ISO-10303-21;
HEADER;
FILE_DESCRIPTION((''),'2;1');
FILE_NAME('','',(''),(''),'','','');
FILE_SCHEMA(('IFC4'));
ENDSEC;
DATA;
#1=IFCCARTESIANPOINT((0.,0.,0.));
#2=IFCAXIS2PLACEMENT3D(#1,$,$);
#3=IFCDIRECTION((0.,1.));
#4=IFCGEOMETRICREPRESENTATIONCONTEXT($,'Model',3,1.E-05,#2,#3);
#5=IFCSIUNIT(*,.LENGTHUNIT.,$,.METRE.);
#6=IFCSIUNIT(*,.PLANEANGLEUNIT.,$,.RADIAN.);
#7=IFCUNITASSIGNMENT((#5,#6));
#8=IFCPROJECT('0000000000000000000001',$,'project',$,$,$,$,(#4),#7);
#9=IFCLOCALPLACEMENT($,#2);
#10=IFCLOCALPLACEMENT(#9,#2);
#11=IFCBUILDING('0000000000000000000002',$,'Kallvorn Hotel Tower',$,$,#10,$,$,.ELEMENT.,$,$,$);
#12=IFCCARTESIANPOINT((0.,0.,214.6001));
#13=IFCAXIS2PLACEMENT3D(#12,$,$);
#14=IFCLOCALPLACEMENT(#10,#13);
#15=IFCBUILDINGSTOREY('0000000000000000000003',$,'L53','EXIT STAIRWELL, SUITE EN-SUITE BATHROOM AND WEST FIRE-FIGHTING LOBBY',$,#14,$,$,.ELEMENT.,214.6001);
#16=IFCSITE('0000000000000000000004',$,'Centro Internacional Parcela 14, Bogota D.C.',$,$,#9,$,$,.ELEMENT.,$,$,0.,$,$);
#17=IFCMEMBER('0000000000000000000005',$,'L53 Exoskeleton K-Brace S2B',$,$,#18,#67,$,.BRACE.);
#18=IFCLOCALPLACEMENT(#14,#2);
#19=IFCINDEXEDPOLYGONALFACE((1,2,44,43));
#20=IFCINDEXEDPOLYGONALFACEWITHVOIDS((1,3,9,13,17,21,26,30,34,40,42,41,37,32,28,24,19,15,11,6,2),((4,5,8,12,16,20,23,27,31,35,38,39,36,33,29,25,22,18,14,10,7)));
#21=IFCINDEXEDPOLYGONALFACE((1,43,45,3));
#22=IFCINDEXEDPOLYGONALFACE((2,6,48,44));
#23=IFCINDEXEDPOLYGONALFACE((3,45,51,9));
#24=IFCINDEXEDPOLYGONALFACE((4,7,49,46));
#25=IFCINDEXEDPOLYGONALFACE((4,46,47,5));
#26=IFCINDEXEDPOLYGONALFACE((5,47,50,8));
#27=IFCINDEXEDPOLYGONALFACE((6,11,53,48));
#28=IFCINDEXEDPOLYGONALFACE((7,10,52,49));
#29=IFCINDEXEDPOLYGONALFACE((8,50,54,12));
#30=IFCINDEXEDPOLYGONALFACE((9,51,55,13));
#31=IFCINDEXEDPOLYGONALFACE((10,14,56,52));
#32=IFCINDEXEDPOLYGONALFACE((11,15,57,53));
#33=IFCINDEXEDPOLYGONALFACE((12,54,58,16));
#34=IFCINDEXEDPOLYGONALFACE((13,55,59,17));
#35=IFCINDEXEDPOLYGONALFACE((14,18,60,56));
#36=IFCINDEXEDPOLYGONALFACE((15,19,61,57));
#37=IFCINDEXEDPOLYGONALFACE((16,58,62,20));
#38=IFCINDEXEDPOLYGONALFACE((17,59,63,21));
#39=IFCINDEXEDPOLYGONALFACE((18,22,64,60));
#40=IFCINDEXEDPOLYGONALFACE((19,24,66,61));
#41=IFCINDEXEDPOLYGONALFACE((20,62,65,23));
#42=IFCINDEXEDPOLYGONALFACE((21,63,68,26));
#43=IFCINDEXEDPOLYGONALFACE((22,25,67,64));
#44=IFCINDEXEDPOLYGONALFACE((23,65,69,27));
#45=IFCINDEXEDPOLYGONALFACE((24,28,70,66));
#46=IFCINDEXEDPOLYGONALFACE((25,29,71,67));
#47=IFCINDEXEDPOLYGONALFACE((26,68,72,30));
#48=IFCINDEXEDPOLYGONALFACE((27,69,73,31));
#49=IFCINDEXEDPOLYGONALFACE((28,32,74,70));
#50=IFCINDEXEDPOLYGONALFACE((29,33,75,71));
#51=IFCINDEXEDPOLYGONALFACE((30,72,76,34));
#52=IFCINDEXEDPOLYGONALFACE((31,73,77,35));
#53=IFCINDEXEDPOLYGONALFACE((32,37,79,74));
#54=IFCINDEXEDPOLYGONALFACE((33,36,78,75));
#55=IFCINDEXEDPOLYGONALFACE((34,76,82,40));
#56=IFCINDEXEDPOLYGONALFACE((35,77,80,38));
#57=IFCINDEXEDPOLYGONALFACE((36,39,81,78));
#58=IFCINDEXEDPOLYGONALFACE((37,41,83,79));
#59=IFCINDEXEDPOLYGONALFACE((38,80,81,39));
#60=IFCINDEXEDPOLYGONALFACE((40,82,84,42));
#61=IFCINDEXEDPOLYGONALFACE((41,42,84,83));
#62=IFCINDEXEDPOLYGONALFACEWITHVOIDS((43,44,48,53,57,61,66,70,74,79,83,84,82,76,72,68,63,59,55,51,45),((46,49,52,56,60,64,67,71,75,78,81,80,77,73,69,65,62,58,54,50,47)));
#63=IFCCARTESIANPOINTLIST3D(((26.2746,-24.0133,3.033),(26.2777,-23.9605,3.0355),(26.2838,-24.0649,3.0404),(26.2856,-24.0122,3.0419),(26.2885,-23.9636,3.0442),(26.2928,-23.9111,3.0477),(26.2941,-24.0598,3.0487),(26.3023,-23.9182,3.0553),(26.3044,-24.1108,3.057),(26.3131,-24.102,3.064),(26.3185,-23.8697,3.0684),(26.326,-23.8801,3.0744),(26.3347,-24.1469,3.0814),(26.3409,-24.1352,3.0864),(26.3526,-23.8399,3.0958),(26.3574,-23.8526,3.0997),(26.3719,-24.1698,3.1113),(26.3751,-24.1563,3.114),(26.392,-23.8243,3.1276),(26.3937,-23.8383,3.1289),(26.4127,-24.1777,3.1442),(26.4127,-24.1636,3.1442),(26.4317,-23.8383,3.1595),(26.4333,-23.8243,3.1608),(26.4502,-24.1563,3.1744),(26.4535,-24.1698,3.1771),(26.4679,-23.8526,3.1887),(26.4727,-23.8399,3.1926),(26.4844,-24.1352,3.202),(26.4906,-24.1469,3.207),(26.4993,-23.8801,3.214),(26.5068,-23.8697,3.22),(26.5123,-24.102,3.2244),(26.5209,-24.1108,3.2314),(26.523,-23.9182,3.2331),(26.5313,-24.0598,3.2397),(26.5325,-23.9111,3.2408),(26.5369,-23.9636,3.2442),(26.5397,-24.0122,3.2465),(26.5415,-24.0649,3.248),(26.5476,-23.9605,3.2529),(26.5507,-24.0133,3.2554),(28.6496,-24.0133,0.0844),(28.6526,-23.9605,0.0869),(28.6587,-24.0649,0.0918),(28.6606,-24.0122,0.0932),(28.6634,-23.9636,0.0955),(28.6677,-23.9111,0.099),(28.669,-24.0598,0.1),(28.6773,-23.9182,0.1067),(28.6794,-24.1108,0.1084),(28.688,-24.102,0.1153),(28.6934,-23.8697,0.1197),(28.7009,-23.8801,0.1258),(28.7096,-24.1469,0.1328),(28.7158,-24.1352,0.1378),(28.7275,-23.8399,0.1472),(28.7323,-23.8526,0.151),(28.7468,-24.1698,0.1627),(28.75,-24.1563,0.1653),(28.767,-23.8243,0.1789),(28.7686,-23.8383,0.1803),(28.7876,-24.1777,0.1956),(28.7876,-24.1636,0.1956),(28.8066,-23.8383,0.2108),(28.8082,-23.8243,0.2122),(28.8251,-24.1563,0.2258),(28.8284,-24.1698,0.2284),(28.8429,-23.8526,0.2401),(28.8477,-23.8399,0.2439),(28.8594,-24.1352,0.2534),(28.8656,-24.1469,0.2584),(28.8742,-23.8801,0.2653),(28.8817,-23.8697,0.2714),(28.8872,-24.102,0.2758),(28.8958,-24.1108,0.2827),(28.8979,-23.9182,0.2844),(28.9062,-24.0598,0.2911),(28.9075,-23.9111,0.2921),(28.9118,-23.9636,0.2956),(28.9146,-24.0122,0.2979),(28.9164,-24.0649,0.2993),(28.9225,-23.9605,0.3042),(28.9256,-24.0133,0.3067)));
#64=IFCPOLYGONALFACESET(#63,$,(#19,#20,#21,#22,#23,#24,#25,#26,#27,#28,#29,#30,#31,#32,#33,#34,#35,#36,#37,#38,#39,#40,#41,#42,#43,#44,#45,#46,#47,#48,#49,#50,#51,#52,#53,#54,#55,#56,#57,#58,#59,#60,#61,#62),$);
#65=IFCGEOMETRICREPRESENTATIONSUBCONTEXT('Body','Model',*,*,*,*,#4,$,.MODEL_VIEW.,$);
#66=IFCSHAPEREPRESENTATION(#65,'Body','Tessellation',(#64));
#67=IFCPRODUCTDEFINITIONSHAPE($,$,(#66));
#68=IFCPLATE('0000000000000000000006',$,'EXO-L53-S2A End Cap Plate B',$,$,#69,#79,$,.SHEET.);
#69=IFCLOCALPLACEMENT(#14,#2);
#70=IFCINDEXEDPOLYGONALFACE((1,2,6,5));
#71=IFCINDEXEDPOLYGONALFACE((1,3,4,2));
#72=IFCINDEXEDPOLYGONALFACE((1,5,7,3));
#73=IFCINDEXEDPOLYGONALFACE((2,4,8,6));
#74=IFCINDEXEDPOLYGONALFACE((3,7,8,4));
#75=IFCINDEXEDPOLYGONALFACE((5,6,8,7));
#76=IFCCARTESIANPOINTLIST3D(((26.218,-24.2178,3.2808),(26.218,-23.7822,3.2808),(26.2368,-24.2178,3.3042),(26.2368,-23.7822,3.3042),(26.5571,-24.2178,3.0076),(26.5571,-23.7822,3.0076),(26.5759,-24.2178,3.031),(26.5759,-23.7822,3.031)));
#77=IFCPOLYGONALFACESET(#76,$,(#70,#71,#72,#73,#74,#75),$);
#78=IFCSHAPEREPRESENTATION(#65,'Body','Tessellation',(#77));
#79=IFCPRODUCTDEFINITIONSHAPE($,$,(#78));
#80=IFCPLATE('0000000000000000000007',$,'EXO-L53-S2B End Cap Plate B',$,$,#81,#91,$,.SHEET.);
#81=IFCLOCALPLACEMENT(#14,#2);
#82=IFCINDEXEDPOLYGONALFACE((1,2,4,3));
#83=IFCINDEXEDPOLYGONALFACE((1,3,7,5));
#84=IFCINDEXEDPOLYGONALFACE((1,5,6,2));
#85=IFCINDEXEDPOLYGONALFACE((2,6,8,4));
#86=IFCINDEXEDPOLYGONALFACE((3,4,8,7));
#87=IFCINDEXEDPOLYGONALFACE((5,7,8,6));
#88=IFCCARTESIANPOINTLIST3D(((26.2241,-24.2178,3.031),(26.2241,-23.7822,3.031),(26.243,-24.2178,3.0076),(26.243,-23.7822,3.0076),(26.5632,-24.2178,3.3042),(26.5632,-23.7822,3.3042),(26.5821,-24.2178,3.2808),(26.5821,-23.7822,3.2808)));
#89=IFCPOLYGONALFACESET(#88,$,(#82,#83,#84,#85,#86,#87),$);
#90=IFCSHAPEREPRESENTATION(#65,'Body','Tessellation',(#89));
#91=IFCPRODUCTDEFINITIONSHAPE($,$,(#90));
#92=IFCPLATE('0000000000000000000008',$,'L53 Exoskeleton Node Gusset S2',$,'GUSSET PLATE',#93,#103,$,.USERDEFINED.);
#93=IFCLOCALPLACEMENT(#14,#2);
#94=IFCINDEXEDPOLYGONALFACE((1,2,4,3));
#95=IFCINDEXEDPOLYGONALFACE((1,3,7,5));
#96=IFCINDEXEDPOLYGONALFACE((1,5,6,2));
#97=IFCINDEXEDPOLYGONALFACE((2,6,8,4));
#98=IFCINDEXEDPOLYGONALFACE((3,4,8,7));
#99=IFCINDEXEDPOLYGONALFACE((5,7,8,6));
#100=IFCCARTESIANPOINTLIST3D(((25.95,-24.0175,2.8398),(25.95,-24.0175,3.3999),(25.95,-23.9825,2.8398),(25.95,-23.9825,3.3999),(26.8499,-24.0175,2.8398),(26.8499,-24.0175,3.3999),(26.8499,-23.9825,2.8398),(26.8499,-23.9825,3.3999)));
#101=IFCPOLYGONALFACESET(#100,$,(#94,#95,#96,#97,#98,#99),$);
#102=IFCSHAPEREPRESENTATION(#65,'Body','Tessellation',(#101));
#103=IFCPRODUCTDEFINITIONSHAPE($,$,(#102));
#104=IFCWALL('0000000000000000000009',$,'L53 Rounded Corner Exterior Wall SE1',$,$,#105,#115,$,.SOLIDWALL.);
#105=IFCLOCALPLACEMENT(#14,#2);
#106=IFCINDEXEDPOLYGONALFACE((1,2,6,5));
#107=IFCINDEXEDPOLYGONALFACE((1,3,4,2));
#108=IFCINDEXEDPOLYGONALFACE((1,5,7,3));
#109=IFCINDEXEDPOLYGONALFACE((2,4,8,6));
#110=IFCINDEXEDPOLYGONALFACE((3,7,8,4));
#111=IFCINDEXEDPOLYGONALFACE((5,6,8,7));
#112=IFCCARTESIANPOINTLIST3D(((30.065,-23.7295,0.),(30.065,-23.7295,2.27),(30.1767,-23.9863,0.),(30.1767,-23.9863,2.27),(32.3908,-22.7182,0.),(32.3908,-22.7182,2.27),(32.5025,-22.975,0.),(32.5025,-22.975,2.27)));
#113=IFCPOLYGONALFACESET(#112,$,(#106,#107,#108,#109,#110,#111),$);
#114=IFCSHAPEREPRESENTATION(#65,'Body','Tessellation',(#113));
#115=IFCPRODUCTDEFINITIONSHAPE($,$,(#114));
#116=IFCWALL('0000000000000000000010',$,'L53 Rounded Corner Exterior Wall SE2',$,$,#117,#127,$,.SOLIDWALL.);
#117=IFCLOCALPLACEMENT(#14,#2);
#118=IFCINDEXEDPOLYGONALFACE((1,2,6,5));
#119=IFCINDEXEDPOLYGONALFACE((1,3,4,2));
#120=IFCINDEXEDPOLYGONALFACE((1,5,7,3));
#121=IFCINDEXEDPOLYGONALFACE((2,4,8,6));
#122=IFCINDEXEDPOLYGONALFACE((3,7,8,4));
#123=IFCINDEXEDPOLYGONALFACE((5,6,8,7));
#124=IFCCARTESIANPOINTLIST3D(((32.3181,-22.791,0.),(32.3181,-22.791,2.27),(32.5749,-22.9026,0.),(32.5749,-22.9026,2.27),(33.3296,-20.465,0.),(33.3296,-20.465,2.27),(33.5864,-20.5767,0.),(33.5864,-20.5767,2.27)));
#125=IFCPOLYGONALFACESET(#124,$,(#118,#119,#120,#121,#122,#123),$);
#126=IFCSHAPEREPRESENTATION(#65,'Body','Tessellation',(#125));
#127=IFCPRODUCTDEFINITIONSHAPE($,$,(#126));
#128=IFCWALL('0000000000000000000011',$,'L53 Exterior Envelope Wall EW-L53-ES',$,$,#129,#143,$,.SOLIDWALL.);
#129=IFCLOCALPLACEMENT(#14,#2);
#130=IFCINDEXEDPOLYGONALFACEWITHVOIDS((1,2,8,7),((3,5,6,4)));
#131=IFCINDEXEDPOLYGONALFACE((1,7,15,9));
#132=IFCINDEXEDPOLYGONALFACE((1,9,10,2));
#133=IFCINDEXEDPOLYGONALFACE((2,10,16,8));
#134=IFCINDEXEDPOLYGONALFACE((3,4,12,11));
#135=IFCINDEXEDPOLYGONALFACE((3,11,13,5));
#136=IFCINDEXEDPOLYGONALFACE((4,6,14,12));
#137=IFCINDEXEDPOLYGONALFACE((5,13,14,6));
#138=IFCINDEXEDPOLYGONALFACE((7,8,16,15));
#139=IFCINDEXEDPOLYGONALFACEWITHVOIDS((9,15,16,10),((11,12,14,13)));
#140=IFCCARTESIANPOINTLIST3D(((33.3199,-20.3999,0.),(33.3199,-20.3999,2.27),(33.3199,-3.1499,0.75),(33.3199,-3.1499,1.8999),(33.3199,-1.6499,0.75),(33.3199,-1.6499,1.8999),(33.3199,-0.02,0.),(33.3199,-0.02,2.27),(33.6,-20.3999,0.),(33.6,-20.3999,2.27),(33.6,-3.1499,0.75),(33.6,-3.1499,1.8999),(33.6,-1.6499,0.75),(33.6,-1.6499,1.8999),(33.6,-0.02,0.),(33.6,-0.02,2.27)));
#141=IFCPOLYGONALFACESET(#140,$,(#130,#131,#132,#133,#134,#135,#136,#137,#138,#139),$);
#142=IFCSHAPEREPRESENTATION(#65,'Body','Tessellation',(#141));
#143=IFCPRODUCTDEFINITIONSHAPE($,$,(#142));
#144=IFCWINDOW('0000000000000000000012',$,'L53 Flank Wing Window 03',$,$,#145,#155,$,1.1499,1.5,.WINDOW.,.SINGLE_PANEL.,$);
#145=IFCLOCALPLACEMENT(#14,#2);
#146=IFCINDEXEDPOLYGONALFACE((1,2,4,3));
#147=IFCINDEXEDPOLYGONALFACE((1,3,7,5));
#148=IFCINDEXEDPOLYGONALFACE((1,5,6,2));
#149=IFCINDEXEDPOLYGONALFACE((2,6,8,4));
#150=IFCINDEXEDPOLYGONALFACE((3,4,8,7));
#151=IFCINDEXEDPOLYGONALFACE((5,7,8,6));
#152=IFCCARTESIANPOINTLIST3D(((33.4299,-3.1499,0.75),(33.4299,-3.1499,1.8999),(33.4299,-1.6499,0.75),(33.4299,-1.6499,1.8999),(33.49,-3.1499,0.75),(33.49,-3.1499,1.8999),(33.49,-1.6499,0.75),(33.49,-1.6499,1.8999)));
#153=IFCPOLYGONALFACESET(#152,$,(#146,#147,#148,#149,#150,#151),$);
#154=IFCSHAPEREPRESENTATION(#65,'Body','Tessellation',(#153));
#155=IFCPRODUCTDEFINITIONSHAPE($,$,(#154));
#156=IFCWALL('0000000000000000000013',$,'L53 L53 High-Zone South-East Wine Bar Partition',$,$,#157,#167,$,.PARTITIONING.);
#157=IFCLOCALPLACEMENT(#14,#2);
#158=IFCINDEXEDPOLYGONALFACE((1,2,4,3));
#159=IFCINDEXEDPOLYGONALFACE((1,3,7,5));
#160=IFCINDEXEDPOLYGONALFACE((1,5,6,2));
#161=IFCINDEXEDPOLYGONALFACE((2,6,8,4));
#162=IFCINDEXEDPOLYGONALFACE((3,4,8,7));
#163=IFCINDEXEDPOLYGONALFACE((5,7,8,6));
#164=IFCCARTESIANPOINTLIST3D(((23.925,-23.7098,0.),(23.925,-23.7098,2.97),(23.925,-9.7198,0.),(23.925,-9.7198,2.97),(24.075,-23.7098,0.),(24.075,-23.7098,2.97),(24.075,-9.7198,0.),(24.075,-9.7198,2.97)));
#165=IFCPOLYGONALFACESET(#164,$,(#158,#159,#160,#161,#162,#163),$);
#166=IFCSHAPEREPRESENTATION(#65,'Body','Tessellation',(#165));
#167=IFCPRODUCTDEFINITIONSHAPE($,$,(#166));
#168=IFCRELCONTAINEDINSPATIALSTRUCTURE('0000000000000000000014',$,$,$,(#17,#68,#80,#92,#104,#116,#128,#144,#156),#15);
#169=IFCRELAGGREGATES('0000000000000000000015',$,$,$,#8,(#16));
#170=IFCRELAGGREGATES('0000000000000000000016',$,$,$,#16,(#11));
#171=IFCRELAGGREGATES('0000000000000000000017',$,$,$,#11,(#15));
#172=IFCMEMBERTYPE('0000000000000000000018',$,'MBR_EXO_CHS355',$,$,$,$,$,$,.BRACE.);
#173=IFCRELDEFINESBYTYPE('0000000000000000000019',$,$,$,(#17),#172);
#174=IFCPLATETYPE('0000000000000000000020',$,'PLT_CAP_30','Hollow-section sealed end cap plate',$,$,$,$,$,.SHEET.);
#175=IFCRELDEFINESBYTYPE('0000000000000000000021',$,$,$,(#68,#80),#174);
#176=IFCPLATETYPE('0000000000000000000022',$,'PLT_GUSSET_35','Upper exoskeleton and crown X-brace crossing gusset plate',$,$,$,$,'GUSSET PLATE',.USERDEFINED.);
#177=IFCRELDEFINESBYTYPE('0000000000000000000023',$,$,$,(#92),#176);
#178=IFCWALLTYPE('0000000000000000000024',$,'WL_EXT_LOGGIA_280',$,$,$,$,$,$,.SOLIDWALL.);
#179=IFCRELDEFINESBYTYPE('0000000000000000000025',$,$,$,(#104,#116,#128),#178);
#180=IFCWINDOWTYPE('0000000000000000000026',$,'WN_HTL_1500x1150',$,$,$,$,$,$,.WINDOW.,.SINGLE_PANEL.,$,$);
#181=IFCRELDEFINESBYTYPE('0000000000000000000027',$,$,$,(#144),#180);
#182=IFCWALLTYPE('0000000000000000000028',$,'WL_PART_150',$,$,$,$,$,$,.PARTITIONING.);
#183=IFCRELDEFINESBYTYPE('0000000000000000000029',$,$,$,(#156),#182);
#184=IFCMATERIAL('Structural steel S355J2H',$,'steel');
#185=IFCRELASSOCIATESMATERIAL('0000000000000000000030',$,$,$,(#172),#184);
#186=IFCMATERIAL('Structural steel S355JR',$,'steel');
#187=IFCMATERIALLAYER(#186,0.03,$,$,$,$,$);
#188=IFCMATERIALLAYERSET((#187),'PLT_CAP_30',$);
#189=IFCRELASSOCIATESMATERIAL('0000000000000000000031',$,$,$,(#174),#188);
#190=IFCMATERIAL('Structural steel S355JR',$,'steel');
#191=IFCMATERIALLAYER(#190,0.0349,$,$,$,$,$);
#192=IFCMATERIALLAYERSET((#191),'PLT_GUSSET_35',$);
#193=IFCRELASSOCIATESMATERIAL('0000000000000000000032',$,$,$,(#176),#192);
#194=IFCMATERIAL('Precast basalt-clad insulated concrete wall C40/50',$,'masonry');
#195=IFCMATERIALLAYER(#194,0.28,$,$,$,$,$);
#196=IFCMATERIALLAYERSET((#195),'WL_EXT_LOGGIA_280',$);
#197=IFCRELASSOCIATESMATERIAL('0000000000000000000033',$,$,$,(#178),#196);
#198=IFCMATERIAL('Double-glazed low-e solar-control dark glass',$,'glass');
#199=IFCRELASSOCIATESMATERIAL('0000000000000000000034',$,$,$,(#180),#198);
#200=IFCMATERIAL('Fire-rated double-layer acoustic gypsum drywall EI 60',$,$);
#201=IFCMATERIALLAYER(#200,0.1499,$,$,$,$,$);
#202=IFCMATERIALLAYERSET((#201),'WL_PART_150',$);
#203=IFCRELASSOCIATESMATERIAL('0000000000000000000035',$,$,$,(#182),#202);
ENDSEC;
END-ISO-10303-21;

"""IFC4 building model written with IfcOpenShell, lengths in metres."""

from ifc_helpers import new_model, si_unit, direction, frame, frame_2d, origin, origin_2d, place, context, subcontext, project, spatial, polyline, rectangle, hollow_circle, outline, extrude, material, layer, layer_set, material_profile, profile_set, type_object, element, fill, save


model = new_model("IFC4")

# Units and contexts
model_context = context("Model", 3, precision=1e-05, world=origin(), true_north=direction((0.0, 1.0)))
body_context = subcontext(model_context, "Body", "Model", "MODEL_VIEW")
ifc_project = project(units=[si_unit("LENGTHUNIT", "METRE"), si_unit("PLANEANGLEUNIT", "RADIAN")], contexts=[model_context])

# Site, building, storey
site_placement = place(None, origin())
site = spatial("IfcSite", under=ifc_project, at=site_placement, Name="Centro Internacional Parcela 14, Bogota D.C.", CompositionType="ELEMENT", RefElevation=0.0)
building_placement = place(site_placement, origin())
building = spatial("IfcBuilding", under=site, at=building_placement, Name="Kallvorn Hotel Tower", CompositionType="ELEMENT")
storey_placement = place(building_placement, frame((0.0, 0.0, 214.6001)))
storey = spatial("IfcBuildingStorey", under=building, at=storey_placement, Name="L53", Description="EXIT STAIRWELL, SUITE EN-SUITE BATHROOM AND WEST FIRE-FIGHTING LOBBY", CompositionType="ELEMENT", Elevation=214.6001)

# Member
ifc_material_1 = material(Name="Structural steel S355J2H", Category="steel")
ifc_material_profile_1 = material_profile(ifc_material_1, hollow_circle(Radius=0.1777, WallThickness=0.0142, at=origin_2d()), Name="CHS 355.6x14.2")
ifc_profile_set_1 = profile_set([ifc_material_profile_1], Name="Structural steel S355J2H")
member_type = type_object("IfcMemberType", Name="MBR_EXO_CHS355", PredefinedType="BRACE", material=ifc_profile_set_1)
for number, where, z_axis, x_axis, name in (
    (1, (28.7876, -24.0, 0.1956), (-0.627271, 0.0, 0.778801), (0.0, -1.0, 0.0), "L53 Exoskeleton K-Brace S2B"),
):
    element("IfcMember", number, at=place(storey_placement, frame(where, z_axis=z_axis, x_axis=x_axis)), inside=storey, type_object=member_type, Name=name, PredefinedType="BRACE", context=body_context, shape_type="SweptSolid", body=[
        extrude(hollow_circle(Radius=0.1777, WallThickness=0.0142, at=origin_2d()), origin(), (0.0, 0.0, 1.0), 3.7861),
    ])

# Plates
ifc_material_2 = material(Name="Structural steel S355JR", Category="steel")
ifc_layer_1 = layer(ifc_material_2, 0.03)
ifc_layer_set_1 = layer_set([ifc_layer_1], Name="PLT_CAP_30")
plate_type_1 = type_object("IfcPlateType", Name="PLT_CAP_30", Description="Hollow-section sealed end cap plate", PredefinedType="SHEET", material=ifc_layer_set_1)
for number, where, z_axis, x_axis, name in (
    (2, (26.5759, -24.2178, 3.031), (0.627358, 0.0, 0.778731), (0.0, 1.0, 0.0), "EXO-L53-S2A End Cap Plate B"),
    (3, (26.2241, -23.7822, 3.031), (-0.627358, 0.0, 0.778731), (0.0, -1.0, 0.0), "EXO-L53-S2B End Cap Plate B"),
):
    element("IfcPlate", number, at=place(storey_placement, frame(where, z_axis=z_axis, x_axis=x_axis)), inside=storey, type_object=plate_type_1, Name=name, PredefinedType="SHEET", context=body_context, shape_type="SweptSolid", body=[
        extrude(outline(polyline([(0.0, 0.0), (0.4355, 0.0), (0.4355, 0.4355), (0.0, 0.4355), (0.0, 0.0)])), origin(), (0.0, 0.0, -1.0), 0.03),
    ])
ifc_material_3 = material(Name="Structural steel S355JR", Category="steel")
ifc_layer_2 = layer(ifc_material_3, 0.0349)
ifc_layer_set_2 = layer_set([ifc_layer_2], Name="PLT_GUSSET_35")
plate_type_2 = type_object("IfcPlateType", Name="PLT_GUSSET_35", Description="Upper exoskeleton and crown X-brace crossing gusset plate", ElementType="GUSSET PLATE", PredefinedType="USERDEFINED", material=ifc_layer_set_2)
plate_placement = place(storey_placement, frame((26.3999, -24.0, 2.8398), z_axis=(0.0, 0.0, 1.0), x_axis=(1.0, 0.0, 0.0)))
element("IfcPlate", 4, at=plate_placement, inside=storey, type_object=plate_type_2, Name="L53 Exoskeleton Node Gusset S2", ObjectType="GUSSET PLATE", PredefinedType="USERDEFINED", context=body_context, shape_type="SweptSolid", body=[
    extrude(rectangle(XDim=0.8999, YDim=0.0349, at=origin_2d()), origin(), (0.0, 0.0, 1.0), 0.5601),
])

# Walls
ifc_material_4 = material(Name="Precast basalt-clad insulated concrete wall C40/50", Category="masonry")
ifc_layer_3 = layer(ifc_material_4, 0.28)
ifc_layer_set_3 = layer_set([ifc_layer_3], Name="WL_EXT_LOGGIA_280")
wall_type_1 = type_object("IfcWallType", Name="WL_EXT_LOGGIA_280", PredefinedType="SOLIDWALL", material=ifc_layer_set_3)
wall_1_placement = place(storey_placement, frame((30.1208, -23.8579, 0.0), z_axis=(0.0, 0.0, 1.0), x_axis=(0.917061, 0.398747, 0.0)))
element("IfcWall", 5, at=wall_1_placement, inside=storey, type_object=wall_type_1, Name="L53 Rounded Corner Exterior Wall SE1", PredefinedType="SOLIDWALL", context=body_context, shape_type="SweptSolid", body=[
    extrude(rectangle(XDim=2.5361, YDim=0.28, at=frame_2d((1.2681, 0.0))), origin(), (0.0, 0.0, 1.0), 2.27),
])
wall_2_placement = place(storey_placement, frame((32.4465, -22.8467, 0.0), z_axis=(0.0, 0.0, 1.0), x_axis=(0.398793, 0.917041, 0.0)))
element("IfcWall", 6, at=wall_2_placement, inside=storey, type_object=wall_type_1, Name="L53 Rounded Corner Exterior Wall SE2", PredefinedType="SOLIDWALL", context=body_context, shape_type="SweptSolid", body=[
    extrude(rectangle(XDim=2.5364, YDim=0.28, at=frame_2d((1.2681, 0.0))), origin(), (0.0, 0.0, 1.0), 2.27),
])

# Wall, opening, window
wall_3_placement = place(storey_placement, frame((33.46, -20.3999, 0.0), z_axis=(0.0, 0.0, 1.0), x_axis=(0.0, 1.0, 0.0)))
wall_3 = element("IfcWall", 7, at=wall_3_placement, inside=storey, type_object=wall_type_1, Name="L53 Exterior Envelope Wall EW-L53-ES", PredefinedType="SOLIDWALL", context=body_context, shape_type="SweptSolid", body=[
    extrude(rectangle(XDim=20.3799, YDim=0.28, at=frame_2d((10.1899, 0.0))), origin(), (0.0, 0.0, 1.0), 2.27),
])
opening_1_placement = place(wall_3_placement, frame((17.25, 0.0, 0.75)))
opening_1 = element("IfcOpeningElement", 8, at=opening_1_placement, cuts=wall_3, PredefinedType="OPENING", context=body_context, shape_type="SweptSolid", body=[
    extrude(rectangle(XDim=1.5, YDim=1.1499, at=frame_2d((0.75, 0.575))), frame((0.0, 0.155, 0.0), z_axis=(0.0, -1.0, 0.0), x_axis=(1.0, 0.0, 0.0)), (0.0, 0.0, 1.0), 0.3101),
])
ifc_material_5 = material(Name="Double-glazed low-e solar-control dark glass", Category="glass")
window_type = type_object("IfcWindowType", Name="WN_HTL_1500x1150", PartitioningType="SINGLE_PANEL", PredefinedType="WINDOW", material=ifc_material_5)
window_placement = place(opening_1_placement, origin())
window = element("IfcWindow", 9, at=window_placement, inside=storey, type_object=window_type, Name="L53 Flank Wing Window 03", OverallHeight=1.1499, OverallWidth=1.5, PartitioningType="SINGLE_PANEL", PredefinedType="WINDOW", context=body_context, shape_type="SweptSolid", body=[
    extrude(rectangle(XDim=1.5, YDim=1.1499, at=frame_2d((0.75, 0.575))), frame((0.0, 0.03, 0.0), z_axis=(0.0, -1.0, 0.0), x_axis=(1.0, 0.0, 0.0)), (0.0, 0.0, 1.0), 0.0601),
])
fill(opening_1, window)

# Wall
ifc_material_6 = material(Name="Fire-rated double-layer acoustic gypsum drywall EI 60")
ifc_layer_4 = layer(ifc_material_6, 0.1499)
ifc_layer_set_4 = layer_set([ifc_layer_4], Name="WL_PART_150")
wall_type_2 = type_object("IfcWallType", Name="WL_PART_150", PredefinedType="PARTITIONING", material=ifc_layer_set_4)
wall_4_placement = place(storey_placement, frame((24.0, -23.71, 0.0), z_axis=(0.0, 0.0, 1.0), x_axis=(0.0, 1.0, 0.0)))
element("IfcWall", 10, at=wall_4_placement, inside=storey, type_object=wall_type_2, Name="L53 L53 High-Zone South-East Wine Bar Partition", PredefinedType="PARTITIONING", context=body_context, shape_type="SweptSolid", body=[
    extrude(rectangle(XDim=13.99, YDim=0.1499, at=frame_2d((6.9951, 0.0))), origin(), (0.0, 0.0, 1.0), 2.97),
])

save(model, "model.ifc")
